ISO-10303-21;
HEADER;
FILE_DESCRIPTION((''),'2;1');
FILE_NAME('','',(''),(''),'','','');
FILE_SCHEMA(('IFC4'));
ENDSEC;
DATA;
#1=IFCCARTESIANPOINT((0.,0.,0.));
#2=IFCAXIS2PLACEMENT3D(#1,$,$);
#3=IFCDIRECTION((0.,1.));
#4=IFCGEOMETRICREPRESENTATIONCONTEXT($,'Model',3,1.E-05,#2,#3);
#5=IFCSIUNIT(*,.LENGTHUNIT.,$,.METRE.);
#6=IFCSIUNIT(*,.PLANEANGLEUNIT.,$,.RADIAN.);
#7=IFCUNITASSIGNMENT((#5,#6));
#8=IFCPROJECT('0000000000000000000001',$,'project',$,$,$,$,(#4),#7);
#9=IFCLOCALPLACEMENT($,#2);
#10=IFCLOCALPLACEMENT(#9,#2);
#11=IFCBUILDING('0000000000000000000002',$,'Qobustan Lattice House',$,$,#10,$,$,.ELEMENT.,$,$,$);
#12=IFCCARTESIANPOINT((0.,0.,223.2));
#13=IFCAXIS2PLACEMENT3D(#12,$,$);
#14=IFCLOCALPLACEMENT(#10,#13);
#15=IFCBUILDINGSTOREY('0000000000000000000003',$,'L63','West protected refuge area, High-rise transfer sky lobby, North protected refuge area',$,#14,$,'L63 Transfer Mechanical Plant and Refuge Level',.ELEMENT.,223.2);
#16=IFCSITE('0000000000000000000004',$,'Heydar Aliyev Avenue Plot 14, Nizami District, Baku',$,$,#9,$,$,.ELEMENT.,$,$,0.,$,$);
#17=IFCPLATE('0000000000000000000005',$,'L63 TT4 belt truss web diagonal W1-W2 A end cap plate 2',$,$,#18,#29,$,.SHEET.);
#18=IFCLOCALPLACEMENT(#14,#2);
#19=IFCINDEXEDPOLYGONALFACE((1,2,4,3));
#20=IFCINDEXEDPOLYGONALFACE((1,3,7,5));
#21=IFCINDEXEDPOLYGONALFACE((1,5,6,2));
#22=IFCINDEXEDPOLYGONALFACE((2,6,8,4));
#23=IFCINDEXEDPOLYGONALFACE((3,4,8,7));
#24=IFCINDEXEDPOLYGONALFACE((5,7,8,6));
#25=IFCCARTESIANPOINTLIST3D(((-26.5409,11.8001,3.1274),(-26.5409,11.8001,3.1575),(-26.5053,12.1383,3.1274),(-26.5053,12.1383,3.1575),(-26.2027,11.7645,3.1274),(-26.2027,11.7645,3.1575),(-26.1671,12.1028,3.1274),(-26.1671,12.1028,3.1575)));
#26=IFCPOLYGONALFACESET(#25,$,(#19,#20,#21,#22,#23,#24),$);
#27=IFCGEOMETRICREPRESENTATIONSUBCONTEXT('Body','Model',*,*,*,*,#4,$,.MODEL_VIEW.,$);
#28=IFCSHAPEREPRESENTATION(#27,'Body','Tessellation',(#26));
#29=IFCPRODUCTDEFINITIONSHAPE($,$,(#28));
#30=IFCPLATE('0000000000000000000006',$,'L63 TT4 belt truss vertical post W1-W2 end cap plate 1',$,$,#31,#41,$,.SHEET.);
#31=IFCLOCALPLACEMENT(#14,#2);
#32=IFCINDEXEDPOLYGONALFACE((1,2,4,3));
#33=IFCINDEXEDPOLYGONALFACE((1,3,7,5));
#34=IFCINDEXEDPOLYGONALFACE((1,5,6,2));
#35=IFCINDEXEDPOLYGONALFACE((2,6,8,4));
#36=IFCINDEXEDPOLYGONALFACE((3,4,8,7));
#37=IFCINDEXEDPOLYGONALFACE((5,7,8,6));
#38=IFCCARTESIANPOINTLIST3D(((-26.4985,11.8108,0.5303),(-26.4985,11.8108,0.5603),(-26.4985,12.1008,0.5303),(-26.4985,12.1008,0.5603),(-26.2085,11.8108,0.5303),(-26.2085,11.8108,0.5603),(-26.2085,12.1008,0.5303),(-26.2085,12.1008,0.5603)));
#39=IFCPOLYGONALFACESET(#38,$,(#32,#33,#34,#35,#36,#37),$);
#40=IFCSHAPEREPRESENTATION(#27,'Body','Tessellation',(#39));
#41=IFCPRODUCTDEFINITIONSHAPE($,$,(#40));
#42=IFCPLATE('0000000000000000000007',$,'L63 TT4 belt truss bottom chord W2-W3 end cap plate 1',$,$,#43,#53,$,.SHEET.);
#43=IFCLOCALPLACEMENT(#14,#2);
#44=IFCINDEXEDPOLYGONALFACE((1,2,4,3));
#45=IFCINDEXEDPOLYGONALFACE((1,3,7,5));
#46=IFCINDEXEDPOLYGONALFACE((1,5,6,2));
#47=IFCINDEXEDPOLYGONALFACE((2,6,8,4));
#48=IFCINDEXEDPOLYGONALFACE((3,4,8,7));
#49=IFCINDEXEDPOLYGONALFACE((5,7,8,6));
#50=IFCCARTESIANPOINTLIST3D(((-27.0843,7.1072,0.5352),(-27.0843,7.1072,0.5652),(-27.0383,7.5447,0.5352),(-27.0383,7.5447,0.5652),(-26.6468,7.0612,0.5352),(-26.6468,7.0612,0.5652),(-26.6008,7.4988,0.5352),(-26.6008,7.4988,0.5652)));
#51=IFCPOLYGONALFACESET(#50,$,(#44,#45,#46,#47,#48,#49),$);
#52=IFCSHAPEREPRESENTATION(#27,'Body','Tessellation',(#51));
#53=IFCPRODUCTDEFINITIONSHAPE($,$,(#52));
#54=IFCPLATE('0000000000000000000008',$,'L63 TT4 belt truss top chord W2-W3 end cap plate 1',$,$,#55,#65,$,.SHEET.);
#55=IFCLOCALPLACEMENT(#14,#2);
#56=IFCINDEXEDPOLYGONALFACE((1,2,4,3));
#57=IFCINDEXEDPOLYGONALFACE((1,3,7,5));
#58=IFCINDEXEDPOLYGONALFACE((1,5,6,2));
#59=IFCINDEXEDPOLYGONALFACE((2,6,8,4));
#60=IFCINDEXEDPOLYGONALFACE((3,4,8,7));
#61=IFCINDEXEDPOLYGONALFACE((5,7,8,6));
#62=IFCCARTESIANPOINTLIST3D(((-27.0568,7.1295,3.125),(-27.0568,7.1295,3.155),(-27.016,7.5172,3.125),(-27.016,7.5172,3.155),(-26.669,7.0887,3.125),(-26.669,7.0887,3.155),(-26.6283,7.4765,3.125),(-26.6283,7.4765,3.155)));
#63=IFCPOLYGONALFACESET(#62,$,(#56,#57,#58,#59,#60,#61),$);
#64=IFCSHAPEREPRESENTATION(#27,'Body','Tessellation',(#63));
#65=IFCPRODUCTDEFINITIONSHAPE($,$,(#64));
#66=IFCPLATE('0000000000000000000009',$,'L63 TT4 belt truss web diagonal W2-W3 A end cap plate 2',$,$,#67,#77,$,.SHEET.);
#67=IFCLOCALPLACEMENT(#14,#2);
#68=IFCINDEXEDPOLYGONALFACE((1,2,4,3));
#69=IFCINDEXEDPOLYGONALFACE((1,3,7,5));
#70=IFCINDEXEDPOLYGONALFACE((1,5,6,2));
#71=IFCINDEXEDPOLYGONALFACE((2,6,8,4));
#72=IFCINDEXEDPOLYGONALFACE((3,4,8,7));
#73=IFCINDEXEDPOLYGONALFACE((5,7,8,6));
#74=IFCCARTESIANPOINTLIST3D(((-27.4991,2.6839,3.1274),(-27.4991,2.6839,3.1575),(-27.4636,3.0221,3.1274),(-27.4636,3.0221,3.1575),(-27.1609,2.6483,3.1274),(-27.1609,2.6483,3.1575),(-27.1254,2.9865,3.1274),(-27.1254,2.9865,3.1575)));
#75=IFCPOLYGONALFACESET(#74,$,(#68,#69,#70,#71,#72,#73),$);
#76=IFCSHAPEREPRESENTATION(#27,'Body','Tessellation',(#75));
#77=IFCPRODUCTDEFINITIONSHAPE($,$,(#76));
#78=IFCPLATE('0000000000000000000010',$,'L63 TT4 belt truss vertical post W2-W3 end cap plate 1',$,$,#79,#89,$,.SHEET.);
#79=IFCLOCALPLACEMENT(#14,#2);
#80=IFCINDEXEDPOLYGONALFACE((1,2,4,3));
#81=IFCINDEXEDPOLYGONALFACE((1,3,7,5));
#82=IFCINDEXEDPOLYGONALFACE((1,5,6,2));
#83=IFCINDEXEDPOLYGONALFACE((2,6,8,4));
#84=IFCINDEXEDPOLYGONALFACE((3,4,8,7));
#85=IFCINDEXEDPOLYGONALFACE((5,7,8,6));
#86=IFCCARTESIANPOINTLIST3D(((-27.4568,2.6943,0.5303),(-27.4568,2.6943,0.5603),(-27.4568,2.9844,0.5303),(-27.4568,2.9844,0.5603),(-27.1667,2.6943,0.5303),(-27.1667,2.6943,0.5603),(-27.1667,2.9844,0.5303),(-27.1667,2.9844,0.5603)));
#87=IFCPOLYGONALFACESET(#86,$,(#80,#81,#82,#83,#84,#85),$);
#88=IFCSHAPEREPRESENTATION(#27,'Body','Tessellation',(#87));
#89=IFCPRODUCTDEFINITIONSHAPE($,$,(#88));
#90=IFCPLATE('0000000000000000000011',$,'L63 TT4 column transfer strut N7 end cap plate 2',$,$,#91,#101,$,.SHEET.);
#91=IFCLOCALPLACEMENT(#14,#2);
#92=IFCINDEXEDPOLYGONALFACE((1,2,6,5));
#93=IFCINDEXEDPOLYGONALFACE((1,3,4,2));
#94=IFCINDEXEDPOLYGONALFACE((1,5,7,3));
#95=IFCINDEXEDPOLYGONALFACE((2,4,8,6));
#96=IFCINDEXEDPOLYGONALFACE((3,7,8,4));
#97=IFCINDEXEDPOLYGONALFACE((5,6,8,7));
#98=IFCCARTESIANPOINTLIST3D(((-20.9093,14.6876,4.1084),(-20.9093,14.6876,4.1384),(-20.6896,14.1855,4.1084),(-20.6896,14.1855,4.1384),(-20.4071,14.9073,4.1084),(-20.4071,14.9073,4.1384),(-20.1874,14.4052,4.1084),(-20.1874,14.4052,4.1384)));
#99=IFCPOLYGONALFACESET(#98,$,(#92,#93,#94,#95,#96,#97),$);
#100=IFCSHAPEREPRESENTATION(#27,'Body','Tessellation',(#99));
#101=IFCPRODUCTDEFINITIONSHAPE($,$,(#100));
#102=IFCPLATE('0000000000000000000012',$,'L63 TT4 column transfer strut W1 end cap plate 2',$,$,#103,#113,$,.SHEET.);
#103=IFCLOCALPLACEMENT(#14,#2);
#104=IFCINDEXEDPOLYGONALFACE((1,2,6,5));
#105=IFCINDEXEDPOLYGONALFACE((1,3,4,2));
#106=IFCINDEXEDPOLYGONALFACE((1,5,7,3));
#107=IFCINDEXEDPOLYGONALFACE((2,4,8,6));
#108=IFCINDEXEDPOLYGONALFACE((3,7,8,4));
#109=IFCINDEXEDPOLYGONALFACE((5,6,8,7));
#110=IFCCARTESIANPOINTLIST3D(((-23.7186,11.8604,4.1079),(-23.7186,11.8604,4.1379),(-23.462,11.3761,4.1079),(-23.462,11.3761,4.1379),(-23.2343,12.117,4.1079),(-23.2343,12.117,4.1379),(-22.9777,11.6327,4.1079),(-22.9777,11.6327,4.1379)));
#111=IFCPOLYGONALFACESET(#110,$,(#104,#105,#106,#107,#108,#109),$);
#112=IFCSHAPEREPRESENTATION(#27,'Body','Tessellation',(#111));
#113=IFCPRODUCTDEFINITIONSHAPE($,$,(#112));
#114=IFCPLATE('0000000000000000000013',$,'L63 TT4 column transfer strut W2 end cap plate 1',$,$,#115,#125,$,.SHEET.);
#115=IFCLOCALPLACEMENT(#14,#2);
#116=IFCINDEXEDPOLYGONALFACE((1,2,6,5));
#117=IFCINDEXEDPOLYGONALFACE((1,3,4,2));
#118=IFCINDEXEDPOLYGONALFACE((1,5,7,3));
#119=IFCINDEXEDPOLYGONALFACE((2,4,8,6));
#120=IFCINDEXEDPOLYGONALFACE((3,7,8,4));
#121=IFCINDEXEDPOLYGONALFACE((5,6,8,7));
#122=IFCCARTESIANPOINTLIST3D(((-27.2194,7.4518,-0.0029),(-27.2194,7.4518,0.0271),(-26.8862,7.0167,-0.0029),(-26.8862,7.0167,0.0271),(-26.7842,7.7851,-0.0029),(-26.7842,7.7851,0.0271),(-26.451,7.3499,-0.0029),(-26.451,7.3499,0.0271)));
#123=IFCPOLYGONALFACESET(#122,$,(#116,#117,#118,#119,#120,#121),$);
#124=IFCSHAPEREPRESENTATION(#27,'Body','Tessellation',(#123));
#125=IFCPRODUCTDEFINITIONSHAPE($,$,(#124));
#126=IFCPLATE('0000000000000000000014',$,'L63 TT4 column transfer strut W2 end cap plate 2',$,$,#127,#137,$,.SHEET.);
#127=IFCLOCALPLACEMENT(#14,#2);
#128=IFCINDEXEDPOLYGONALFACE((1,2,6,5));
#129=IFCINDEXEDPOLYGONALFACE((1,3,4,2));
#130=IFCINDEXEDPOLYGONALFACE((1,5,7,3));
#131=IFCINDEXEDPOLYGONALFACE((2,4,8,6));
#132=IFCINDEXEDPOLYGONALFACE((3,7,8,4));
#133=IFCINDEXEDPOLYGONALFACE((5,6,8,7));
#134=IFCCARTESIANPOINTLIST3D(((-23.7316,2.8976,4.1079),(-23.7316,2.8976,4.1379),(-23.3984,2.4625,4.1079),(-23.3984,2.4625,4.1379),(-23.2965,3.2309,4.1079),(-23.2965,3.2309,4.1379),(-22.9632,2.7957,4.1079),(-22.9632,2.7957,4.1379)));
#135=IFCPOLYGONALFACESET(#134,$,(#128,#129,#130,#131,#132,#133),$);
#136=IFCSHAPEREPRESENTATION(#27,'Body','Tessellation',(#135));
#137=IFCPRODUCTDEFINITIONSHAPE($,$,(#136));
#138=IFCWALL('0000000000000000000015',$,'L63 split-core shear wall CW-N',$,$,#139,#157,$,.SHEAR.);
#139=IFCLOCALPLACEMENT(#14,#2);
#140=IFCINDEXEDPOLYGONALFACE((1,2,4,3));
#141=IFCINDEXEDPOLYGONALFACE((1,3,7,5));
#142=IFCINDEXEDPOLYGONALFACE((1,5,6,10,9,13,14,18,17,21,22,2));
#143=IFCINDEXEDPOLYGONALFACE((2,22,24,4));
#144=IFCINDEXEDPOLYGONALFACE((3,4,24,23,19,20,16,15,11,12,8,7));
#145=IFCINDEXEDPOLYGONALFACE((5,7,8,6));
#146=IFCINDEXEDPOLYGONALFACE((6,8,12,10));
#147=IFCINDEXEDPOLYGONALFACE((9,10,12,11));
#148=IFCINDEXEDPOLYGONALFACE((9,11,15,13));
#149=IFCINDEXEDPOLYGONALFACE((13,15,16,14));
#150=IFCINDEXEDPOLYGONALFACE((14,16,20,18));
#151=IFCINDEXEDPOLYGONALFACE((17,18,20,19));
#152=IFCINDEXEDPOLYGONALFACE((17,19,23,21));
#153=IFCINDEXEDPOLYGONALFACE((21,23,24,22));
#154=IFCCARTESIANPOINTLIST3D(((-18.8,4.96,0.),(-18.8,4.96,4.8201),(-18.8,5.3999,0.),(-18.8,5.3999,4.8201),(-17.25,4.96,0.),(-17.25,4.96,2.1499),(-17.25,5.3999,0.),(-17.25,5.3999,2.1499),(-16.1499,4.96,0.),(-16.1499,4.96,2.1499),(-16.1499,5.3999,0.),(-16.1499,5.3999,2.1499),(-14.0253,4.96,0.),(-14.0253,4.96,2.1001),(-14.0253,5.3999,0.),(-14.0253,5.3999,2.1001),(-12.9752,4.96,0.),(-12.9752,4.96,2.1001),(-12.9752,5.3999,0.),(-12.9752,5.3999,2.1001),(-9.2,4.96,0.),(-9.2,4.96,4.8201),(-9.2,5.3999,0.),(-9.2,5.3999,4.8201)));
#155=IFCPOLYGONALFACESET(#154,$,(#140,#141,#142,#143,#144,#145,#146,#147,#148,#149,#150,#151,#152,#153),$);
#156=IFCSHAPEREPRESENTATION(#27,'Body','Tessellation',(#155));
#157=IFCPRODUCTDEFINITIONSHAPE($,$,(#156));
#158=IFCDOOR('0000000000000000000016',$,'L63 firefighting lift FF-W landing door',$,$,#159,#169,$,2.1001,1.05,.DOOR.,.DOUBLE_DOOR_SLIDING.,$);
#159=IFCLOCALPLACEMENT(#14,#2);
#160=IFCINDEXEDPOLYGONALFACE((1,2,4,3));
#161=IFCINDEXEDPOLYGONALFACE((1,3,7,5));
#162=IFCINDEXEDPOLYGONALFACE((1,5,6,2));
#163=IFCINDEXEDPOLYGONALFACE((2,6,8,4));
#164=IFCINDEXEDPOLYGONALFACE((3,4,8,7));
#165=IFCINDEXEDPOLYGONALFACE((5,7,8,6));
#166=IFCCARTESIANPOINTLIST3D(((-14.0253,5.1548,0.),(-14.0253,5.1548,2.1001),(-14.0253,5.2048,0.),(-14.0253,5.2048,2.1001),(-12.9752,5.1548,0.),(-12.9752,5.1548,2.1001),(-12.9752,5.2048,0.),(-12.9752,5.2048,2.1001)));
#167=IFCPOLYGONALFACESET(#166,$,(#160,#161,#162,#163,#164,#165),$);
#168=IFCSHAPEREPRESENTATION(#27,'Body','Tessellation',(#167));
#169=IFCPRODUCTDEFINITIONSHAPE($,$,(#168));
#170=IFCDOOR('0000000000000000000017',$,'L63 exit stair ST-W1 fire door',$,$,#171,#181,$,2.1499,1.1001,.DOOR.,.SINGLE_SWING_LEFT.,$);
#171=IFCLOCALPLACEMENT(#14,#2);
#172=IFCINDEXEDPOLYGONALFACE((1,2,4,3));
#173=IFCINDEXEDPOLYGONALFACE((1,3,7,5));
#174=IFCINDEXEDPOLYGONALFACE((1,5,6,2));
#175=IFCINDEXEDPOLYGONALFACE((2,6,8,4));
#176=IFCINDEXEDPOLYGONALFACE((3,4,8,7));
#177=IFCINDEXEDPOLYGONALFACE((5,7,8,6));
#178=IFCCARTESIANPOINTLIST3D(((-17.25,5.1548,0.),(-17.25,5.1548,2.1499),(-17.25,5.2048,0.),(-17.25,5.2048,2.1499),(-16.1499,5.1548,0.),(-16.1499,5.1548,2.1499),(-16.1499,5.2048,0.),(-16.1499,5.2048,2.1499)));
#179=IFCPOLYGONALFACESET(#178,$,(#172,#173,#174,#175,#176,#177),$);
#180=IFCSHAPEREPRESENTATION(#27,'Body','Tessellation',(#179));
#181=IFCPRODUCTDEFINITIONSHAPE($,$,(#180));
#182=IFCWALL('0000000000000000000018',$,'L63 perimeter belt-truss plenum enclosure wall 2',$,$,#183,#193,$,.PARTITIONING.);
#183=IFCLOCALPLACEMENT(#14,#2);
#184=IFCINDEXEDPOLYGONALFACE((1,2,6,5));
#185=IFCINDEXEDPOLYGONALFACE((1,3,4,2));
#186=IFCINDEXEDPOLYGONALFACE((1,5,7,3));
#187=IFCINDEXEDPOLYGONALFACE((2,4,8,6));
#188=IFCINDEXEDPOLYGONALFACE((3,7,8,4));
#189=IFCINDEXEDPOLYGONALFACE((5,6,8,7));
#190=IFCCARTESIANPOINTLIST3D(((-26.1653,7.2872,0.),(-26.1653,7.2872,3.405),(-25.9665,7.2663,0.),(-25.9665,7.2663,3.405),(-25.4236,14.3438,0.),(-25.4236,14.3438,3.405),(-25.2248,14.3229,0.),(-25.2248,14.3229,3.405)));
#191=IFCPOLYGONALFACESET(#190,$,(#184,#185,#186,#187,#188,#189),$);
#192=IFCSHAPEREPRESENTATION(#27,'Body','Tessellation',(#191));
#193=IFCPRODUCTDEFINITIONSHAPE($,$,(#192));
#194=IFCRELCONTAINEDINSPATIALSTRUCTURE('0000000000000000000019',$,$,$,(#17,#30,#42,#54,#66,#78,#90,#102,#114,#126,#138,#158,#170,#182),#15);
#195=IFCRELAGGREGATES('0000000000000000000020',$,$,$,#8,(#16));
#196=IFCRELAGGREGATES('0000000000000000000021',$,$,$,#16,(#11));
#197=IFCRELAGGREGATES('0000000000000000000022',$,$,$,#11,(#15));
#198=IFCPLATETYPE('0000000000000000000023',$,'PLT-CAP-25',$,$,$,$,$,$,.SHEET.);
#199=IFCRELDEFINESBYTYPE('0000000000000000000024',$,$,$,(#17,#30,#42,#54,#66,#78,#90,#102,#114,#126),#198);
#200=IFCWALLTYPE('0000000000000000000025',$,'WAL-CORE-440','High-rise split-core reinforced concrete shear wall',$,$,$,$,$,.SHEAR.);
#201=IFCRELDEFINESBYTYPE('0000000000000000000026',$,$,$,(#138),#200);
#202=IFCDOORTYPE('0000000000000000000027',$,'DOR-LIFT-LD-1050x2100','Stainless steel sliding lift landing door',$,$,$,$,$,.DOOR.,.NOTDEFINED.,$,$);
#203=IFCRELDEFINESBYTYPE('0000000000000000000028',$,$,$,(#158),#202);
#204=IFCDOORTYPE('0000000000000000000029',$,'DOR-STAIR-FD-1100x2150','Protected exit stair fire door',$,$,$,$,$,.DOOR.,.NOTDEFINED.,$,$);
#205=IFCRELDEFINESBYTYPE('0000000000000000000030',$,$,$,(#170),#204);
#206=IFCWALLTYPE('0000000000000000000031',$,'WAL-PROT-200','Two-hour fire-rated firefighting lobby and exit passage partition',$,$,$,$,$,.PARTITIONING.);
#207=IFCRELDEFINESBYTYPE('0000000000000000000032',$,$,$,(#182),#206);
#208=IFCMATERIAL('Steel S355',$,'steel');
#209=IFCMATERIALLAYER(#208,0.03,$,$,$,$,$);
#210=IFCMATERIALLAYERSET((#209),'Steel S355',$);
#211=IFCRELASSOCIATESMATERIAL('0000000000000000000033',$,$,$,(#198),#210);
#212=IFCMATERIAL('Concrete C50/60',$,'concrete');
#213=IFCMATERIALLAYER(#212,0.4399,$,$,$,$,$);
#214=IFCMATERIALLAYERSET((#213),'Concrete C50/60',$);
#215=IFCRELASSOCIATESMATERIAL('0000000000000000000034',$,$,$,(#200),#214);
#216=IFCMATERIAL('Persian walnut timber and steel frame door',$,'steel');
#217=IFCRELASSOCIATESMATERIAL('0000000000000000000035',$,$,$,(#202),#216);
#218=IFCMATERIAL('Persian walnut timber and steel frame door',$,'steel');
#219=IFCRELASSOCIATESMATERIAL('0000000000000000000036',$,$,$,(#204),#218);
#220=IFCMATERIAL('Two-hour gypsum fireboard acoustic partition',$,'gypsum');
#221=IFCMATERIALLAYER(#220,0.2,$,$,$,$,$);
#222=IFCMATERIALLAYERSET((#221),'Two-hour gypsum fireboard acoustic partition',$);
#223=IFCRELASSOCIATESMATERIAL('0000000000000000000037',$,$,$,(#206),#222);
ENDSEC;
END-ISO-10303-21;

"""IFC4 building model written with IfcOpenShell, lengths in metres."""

from ifc_helpers import new_model, si_unit, direction, frame, frame_2d, origin, origin_2d, place, context, subcontext, project, spatial, rectangle, extrude, material, layer, layer_set, type_object, element, fill, save


model = new_model("IFC4")

# Units and contexts
model_context = context("Model", 3, precision=1e-05, world=origin(), true_north=direction((0.0, 1.0)))
body_context = subcontext(model_context, "Body", "Model", "MODEL_VIEW")
ifc_project = project(units=[si_unit("LENGTHUNIT", "METRE"), si_unit("PLANEANGLEUNIT", "RADIAN")], contexts=[model_context])

# Site, building, storey
site_placement = place(None, origin())
site = spatial("IfcSite", under=ifc_project, at=site_placement, Name="Heydar Aliyev Avenue Plot 14, Nizami District, Baku", CompositionType="ELEMENT", RefElevation=0.0)
building_placement = place(site_placement, origin())
building = spatial("IfcBuilding", under=site, at=building_placement, Name="Qobustan Lattice House", CompositionType="ELEMENT")
storey_placement = place(building_placement, frame((0.0, 0.0, 223.2)))
storey = spatial("IfcBuildingStorey", under=building, at=storey_placement, Name="L63", Description="West protected refuge area, High-rise transfer sky lobby, North protected refuge area", LongName="L63 Transfer Mechanical Plant and Refuge Level", CompositionType="ELEMENT", Elevation=223.2)

# Plates
ifc_material_1 = material(Name="Steel S355", Category="steel")
ifc_layer_1 = layer(ifc_material_1, 0.03)
ifc_layer_set_1 = layer_set([ifc_layer_1], Name="Steel S355")
plate_type = type_object("IfcPlateType", Name="PLT-CAP-25", PredefinedType="SHEET", material=ifc_layer_set_1)
plate_1_placement = place(storey_placement, frame((-26.354, 11.9514, 3.1274), z_axis=(0.0, 0.0, 1.0), x_axis=(-0.104528, -0.994522, 0.0)))
element("IfcPlate", 1, at=plate_1_placement, inside=storey, type_object=plate_type, Name="L63 TT4 belt truss web diagonal W1-W2 A end cap plate 2", PredefinedType="SHEET", context=body_context, shape_type="SweptSolid", body=[
    extrude(rectangle(XDim=0.3401, YDim=0.3401, at=origin_2d()), origin(), (0.0, 0.0, 1.0), 0.03),
])
plate_2_placement = place(storey_placement, frame((-26.3535, 11.9558, 0.5303), z_axis=(0.0, 0.0, 1.0), x_axis=(1.0, 0.0, 0.0)))
element("IfcPlate", 2, at=plate_2_placement, inside=storey, type_object=plate_type, Name="L63 TT4 belt truss vertical post W1-W2 end cap plate 1", PredefinedType="SHEET", context=body_context, shape_type="SweptSolid", body=[
    extrude(rectangle(XDim=0.29, YDim=0.29, at=origin_2d()), origin(), (0.0, 0.0, 1.0), 0.03),
])
plate_3_placement = place(storey_placement, frame((-26.8425, 7.303, 0.5352), z_axis=(0.0, 0.0, 1.0), x_axis=(-0.104528, -0.994522, 0.0)))
element("IfcPlate", 3, at=plate_3_placement, inside=storey, type_object=plate_type, Name="L63 TT4 belt truss bottom chord W2-W3 end cap plate 1", PredefinedType="SHEET", context=body_context, shape_type="SweptSolid", body=[
    extrude(rectangle(XDim=0.4399, YDim=0.4399, at=origin_2d()), origin(), (0.0, 0.0, 1.0), 0.03),
])
plate_4_placement = place(storey_placement, frame((-26.8425, 7.303, 3.125), z_axis=(0.0, 0.0, 1.0), x_axis=(-0.104528, -0.994522, 0.0)))
element("IfcPlate", 4, at=plate_4_placement, inside=storey, type_object=plate_type, Name="L63 TT4 belt truss top chord W2-W3 end cap plate 1", PredefinedType="SHEET", context=body_context, shape_type="SweptSolid", body=[
    extrude(rectangle(XDim=0.3899, YDim=0.3899, at=origin_2d()), origin(), (0.0, 0.0, 1.0), 0.03),
])
plate_5_placement = place(storey_placement, frame((-27.3123, 2.8352, 3.1274), z_axis=(0.0, 0.0, 1.0), x_axis=(-0.104528, -0.994522, 0.0)))
element("IfcPlate", 5, at=plate_5_placement, inside=storey, type_object=plate_type, Name="L63 TT4 belt truss web diagonal W2-W3 A end cap plate 2", PredefinedType="SHEET", context=body_context, shape_type="SweptSolid", body=[
    extrude(rectangle(XDim=0.3401, YDim=0.3401, at=origin_2d()), origin(), (0.0, 0.0, 1.0), 0.03),
])
plate_6_placement = place(storey_placement, frame((-27.3118, 2.8394, 0.5303), z_axis=(0.0, 0.0, 1.0), x_axis=(1.0, 0.0, 0.0)))
element("IfcPlate", 6, at=plate_6_placement, inside=storey, type_object=plate_type, Name="L63 TT4 belt truss vertical post W2-W3 end cap plate 1", PredefinedType="SHEET", context=body_context, shape_type="SweptSolid", body=[
    extrude(rectangle(XDim=0.29, YDim=0.29, at=origin_2d()), origin(), (0.0, 0.0, 1.0), 0.03),
])
for number, where, z_axis, x_axis, name in (
    (7, (-20.5483, 14.5464, 4.1084), (0.0, 0.0, 1.0), (0.400813, -0.91616, 0.0), "L63 TT4 column transfer strut N7 end cap plate 2"),
    (8, (-23.3481, 11.7466, 4.1079), (0.0, 0.0, 1.0), (0.468223, -0.88361, 0.0), "L63 TT4 column transfer strut W1 end cap plate 2"),
    (9, (-26.8352, 7.4009, -0.0029), (0.0, 0.0, 1.0), (0.608, -0.793937, 0.0), "L63 TT4 column transfer strut W2 end cap plate 1"),
    (10, (-23.3474, 2.8467, 4.1079), (0.0, 0.0, 1.0), (0.608, -0.793937, 0.0), "L63 TT4 column transfer strut W2 end cap plate 2"),
):
    element("IfcPlate", number, at=place(storey_placement, frame(where, z_axis=z_axis, x_axis=x_axis)), inside=storey, type_object=plate_type, Name=name, PredefinedType="SHEET", context=body_context, shape_type="SweptSolid", body=[
        extrude(rectangle(XDim=0.5481, YDim=0.5481, at=origin_2d()), origin(), (0.0, 0.0, 1.0), 0.03),
    ])

# Wall, openings, doors
ifc_material_2 = material(Name="Concrete C50/60", Category="concrete")
ifc_layer_2 = layer(ifc_material_2, 0.4399)
ifc_layer_set_2 = layer_set([ifc_layer_2], Name="Concrete C50/60")
wall_type_1 = type_object("IfcWallType", Name="WAL-CORE-440", Description="High-rise split-core reinforced concrete shear wall", PredefinedType="SHEAR", material=ifc_layer_set_2)
wall_1_placement = place(storey_placement, frame((-18.8, 5.1799, 0.0), z_axis=(0.0, 0.0, 1.0), x_axis=(1.0, 0.0, 0.0)))
wall_1 = element("IfcWall", 11, at=wall_1_placement, inside=storey, type_object=wall_type_1, Name="L63 split-core shear wall CW-N", PredefinedType="SHEAR", context=body_context, shape_type="SweptSolid", body=[
    extrude(rectangle(XDim=9.6001, YDim=0.4399, at=frame_2d((4.8, 0.0))), origin(), (0.0, 0.0, 1.0), 4.8201),
])
opening_1_placement = place(wall_1_placement, frame((1.55, 0.0, 0.0)))
opening_1 = element("IfcOpeningElement", 12, at=opening_1_placement, cuts=wall_1, PredefinedType="OPENING", context=body_context, shape_type="SweptSolid", body=[
    extrude(rectangle(XDim=1.1001, YDim=2.1499, at=frame_2d((0.55, 1.075))), frame((0.0, 0.23, 0.0), z_axis=(0.0, -1.0, 0.0), x_axis=(1.0, 0.0, 0.0)), (0.0, 0.0, 1.0), 0.46),
])
opening_2_placement = place(wall_1_placement, frame((4.7749, 0.0, 0.0)))
opening_2 = element("IfcOpeningElement", 13, at=opening_2_placement, cuts=wall_1, PredefinedType="OPENING", context=body_context, shape_type="SweptSolid", body=[
    extrude(rectangle(XDim=1.05, YDim=2.1001, at=frame_2d((0.5249, 1.05))), frame((0.0, 0.23, 0.0), z_axis=(0.0, -1.0, 0.0), x_axis=(1.0, 0.0, 0.0)), (0.0, 0.0, 1.0), 0.46),
])
ifc_material_3 = material(Name="Persian walnut timber and steel frame door", Category="steel")
door_type_1 = type_object("IfcDoorType", Name="DOR-LIFT-LD-1050x2100", Description="Stainless steel sliding lift landing door", OperationType="NOTDEFINED", PredefinedType="DOOR", material=ifc_material_3)
door_1_placement = place(opening_2_placement, origin())
door_1 = element("IfcDoor", 14, at=door_1_placement, inside=storey, type_object=door_type_1, Name="L63 firefighting lift FF-W landing door", OperationType="DOUBLE_DOOR_SLIDING", OverallHeight=2.1001, OverallWidth=1.05, PredefinedType="DOOR", context=body_context, shape_type="SweptSolid", body=[
    extrude(rectangle(XDim=1.05, YDim=2.1001, at=frame_2d((0.5249, 1.05))), frame((0.0, 0.0249, 0.0), z_axis=(0.0, -1.0, 0.0), x_axis=(1.0, 0.0, 0.0)), (0.0, 0.0, 1.0), 0.05),
])
fill(opening_2, door_1)
ifc_material_4 = material(Name="Persian walnut timber and steel frame door", Category="steel")
door_type_2 = type_object("IfcDoorType", Name="DOR-STAIR-FD-1100x2150", Description="Protected exit stair fire door", OperationType="NOTDEFINED", PredefinedType="DOOR", material=ifc_material_4)
door_2_placement = place(opening_1_placement, origin())
door_2 = element("IfcDoor", 15, at=door_2_placement, inside=storey, type_object=door_type_2, Name="L63 exit stair ST-W1 fire door", OperationType="SINGLE_SWING_LEFT", OverallHeight=2.1499, OverallWidth=1.1001, PredefinedType="DOOR", context=body_context, shape_type="SweptSolid", body=[
    extrude(rectangle(XDim=1.1001, YDim=2.1499, at=frame_2d((0.55, 1.075))), frame((0.0, 0.0249, 0.0), z_axis=(0.0, -1.0, 0.0), x_axis=(1.0, 0.0, 0.0)), (0.0, 0.0, 1.0), 0.05),
])
fill(opening_1, door_2)

# Wall
ifc_material_5 = material(Name="Two-hour gypsum fireboard acoustic partition", Category="gypsum")
ifc_layer_3 = layer(ifc_material_5, 0.2)
ifc_layer_set_3 = layer_set([ifc_layer_3], Name="Two-hour gypsum fireboard acoustic partition")
wall_type_2 = type_object("IfcWallType", Name="WAL-PROT-200", Description="Two-hour fire-rated firefighting lobby and exit passage partition", PredefinedType="PARTITIONING", material=ifc_layer_set_3)
wall_2_placement = place(storey_placement, frame((-26.0659, 7.2766, 0.0), z_axis=(0.0, 0.0, 1.0), x_axis=(0.104531, 0.994522, 0.0)))
element("IfcWall", 16, at=wall_2_placement, inside=storey, type_object=wall_type_2, Name="L63 perimeter belt-truss plenum enclosure wall 2", PredefinedType="PARTITIONING", context=body_context, shape_type="SweptSolid", body=[
    extrude(rectangle(XDim=7.0955, YDim=0.2, at=frame_2d((3.5479, 0.0))), origin(), (0.0, 0.0, 1.0), 3.405),
])

save(model, "model.ifc")
